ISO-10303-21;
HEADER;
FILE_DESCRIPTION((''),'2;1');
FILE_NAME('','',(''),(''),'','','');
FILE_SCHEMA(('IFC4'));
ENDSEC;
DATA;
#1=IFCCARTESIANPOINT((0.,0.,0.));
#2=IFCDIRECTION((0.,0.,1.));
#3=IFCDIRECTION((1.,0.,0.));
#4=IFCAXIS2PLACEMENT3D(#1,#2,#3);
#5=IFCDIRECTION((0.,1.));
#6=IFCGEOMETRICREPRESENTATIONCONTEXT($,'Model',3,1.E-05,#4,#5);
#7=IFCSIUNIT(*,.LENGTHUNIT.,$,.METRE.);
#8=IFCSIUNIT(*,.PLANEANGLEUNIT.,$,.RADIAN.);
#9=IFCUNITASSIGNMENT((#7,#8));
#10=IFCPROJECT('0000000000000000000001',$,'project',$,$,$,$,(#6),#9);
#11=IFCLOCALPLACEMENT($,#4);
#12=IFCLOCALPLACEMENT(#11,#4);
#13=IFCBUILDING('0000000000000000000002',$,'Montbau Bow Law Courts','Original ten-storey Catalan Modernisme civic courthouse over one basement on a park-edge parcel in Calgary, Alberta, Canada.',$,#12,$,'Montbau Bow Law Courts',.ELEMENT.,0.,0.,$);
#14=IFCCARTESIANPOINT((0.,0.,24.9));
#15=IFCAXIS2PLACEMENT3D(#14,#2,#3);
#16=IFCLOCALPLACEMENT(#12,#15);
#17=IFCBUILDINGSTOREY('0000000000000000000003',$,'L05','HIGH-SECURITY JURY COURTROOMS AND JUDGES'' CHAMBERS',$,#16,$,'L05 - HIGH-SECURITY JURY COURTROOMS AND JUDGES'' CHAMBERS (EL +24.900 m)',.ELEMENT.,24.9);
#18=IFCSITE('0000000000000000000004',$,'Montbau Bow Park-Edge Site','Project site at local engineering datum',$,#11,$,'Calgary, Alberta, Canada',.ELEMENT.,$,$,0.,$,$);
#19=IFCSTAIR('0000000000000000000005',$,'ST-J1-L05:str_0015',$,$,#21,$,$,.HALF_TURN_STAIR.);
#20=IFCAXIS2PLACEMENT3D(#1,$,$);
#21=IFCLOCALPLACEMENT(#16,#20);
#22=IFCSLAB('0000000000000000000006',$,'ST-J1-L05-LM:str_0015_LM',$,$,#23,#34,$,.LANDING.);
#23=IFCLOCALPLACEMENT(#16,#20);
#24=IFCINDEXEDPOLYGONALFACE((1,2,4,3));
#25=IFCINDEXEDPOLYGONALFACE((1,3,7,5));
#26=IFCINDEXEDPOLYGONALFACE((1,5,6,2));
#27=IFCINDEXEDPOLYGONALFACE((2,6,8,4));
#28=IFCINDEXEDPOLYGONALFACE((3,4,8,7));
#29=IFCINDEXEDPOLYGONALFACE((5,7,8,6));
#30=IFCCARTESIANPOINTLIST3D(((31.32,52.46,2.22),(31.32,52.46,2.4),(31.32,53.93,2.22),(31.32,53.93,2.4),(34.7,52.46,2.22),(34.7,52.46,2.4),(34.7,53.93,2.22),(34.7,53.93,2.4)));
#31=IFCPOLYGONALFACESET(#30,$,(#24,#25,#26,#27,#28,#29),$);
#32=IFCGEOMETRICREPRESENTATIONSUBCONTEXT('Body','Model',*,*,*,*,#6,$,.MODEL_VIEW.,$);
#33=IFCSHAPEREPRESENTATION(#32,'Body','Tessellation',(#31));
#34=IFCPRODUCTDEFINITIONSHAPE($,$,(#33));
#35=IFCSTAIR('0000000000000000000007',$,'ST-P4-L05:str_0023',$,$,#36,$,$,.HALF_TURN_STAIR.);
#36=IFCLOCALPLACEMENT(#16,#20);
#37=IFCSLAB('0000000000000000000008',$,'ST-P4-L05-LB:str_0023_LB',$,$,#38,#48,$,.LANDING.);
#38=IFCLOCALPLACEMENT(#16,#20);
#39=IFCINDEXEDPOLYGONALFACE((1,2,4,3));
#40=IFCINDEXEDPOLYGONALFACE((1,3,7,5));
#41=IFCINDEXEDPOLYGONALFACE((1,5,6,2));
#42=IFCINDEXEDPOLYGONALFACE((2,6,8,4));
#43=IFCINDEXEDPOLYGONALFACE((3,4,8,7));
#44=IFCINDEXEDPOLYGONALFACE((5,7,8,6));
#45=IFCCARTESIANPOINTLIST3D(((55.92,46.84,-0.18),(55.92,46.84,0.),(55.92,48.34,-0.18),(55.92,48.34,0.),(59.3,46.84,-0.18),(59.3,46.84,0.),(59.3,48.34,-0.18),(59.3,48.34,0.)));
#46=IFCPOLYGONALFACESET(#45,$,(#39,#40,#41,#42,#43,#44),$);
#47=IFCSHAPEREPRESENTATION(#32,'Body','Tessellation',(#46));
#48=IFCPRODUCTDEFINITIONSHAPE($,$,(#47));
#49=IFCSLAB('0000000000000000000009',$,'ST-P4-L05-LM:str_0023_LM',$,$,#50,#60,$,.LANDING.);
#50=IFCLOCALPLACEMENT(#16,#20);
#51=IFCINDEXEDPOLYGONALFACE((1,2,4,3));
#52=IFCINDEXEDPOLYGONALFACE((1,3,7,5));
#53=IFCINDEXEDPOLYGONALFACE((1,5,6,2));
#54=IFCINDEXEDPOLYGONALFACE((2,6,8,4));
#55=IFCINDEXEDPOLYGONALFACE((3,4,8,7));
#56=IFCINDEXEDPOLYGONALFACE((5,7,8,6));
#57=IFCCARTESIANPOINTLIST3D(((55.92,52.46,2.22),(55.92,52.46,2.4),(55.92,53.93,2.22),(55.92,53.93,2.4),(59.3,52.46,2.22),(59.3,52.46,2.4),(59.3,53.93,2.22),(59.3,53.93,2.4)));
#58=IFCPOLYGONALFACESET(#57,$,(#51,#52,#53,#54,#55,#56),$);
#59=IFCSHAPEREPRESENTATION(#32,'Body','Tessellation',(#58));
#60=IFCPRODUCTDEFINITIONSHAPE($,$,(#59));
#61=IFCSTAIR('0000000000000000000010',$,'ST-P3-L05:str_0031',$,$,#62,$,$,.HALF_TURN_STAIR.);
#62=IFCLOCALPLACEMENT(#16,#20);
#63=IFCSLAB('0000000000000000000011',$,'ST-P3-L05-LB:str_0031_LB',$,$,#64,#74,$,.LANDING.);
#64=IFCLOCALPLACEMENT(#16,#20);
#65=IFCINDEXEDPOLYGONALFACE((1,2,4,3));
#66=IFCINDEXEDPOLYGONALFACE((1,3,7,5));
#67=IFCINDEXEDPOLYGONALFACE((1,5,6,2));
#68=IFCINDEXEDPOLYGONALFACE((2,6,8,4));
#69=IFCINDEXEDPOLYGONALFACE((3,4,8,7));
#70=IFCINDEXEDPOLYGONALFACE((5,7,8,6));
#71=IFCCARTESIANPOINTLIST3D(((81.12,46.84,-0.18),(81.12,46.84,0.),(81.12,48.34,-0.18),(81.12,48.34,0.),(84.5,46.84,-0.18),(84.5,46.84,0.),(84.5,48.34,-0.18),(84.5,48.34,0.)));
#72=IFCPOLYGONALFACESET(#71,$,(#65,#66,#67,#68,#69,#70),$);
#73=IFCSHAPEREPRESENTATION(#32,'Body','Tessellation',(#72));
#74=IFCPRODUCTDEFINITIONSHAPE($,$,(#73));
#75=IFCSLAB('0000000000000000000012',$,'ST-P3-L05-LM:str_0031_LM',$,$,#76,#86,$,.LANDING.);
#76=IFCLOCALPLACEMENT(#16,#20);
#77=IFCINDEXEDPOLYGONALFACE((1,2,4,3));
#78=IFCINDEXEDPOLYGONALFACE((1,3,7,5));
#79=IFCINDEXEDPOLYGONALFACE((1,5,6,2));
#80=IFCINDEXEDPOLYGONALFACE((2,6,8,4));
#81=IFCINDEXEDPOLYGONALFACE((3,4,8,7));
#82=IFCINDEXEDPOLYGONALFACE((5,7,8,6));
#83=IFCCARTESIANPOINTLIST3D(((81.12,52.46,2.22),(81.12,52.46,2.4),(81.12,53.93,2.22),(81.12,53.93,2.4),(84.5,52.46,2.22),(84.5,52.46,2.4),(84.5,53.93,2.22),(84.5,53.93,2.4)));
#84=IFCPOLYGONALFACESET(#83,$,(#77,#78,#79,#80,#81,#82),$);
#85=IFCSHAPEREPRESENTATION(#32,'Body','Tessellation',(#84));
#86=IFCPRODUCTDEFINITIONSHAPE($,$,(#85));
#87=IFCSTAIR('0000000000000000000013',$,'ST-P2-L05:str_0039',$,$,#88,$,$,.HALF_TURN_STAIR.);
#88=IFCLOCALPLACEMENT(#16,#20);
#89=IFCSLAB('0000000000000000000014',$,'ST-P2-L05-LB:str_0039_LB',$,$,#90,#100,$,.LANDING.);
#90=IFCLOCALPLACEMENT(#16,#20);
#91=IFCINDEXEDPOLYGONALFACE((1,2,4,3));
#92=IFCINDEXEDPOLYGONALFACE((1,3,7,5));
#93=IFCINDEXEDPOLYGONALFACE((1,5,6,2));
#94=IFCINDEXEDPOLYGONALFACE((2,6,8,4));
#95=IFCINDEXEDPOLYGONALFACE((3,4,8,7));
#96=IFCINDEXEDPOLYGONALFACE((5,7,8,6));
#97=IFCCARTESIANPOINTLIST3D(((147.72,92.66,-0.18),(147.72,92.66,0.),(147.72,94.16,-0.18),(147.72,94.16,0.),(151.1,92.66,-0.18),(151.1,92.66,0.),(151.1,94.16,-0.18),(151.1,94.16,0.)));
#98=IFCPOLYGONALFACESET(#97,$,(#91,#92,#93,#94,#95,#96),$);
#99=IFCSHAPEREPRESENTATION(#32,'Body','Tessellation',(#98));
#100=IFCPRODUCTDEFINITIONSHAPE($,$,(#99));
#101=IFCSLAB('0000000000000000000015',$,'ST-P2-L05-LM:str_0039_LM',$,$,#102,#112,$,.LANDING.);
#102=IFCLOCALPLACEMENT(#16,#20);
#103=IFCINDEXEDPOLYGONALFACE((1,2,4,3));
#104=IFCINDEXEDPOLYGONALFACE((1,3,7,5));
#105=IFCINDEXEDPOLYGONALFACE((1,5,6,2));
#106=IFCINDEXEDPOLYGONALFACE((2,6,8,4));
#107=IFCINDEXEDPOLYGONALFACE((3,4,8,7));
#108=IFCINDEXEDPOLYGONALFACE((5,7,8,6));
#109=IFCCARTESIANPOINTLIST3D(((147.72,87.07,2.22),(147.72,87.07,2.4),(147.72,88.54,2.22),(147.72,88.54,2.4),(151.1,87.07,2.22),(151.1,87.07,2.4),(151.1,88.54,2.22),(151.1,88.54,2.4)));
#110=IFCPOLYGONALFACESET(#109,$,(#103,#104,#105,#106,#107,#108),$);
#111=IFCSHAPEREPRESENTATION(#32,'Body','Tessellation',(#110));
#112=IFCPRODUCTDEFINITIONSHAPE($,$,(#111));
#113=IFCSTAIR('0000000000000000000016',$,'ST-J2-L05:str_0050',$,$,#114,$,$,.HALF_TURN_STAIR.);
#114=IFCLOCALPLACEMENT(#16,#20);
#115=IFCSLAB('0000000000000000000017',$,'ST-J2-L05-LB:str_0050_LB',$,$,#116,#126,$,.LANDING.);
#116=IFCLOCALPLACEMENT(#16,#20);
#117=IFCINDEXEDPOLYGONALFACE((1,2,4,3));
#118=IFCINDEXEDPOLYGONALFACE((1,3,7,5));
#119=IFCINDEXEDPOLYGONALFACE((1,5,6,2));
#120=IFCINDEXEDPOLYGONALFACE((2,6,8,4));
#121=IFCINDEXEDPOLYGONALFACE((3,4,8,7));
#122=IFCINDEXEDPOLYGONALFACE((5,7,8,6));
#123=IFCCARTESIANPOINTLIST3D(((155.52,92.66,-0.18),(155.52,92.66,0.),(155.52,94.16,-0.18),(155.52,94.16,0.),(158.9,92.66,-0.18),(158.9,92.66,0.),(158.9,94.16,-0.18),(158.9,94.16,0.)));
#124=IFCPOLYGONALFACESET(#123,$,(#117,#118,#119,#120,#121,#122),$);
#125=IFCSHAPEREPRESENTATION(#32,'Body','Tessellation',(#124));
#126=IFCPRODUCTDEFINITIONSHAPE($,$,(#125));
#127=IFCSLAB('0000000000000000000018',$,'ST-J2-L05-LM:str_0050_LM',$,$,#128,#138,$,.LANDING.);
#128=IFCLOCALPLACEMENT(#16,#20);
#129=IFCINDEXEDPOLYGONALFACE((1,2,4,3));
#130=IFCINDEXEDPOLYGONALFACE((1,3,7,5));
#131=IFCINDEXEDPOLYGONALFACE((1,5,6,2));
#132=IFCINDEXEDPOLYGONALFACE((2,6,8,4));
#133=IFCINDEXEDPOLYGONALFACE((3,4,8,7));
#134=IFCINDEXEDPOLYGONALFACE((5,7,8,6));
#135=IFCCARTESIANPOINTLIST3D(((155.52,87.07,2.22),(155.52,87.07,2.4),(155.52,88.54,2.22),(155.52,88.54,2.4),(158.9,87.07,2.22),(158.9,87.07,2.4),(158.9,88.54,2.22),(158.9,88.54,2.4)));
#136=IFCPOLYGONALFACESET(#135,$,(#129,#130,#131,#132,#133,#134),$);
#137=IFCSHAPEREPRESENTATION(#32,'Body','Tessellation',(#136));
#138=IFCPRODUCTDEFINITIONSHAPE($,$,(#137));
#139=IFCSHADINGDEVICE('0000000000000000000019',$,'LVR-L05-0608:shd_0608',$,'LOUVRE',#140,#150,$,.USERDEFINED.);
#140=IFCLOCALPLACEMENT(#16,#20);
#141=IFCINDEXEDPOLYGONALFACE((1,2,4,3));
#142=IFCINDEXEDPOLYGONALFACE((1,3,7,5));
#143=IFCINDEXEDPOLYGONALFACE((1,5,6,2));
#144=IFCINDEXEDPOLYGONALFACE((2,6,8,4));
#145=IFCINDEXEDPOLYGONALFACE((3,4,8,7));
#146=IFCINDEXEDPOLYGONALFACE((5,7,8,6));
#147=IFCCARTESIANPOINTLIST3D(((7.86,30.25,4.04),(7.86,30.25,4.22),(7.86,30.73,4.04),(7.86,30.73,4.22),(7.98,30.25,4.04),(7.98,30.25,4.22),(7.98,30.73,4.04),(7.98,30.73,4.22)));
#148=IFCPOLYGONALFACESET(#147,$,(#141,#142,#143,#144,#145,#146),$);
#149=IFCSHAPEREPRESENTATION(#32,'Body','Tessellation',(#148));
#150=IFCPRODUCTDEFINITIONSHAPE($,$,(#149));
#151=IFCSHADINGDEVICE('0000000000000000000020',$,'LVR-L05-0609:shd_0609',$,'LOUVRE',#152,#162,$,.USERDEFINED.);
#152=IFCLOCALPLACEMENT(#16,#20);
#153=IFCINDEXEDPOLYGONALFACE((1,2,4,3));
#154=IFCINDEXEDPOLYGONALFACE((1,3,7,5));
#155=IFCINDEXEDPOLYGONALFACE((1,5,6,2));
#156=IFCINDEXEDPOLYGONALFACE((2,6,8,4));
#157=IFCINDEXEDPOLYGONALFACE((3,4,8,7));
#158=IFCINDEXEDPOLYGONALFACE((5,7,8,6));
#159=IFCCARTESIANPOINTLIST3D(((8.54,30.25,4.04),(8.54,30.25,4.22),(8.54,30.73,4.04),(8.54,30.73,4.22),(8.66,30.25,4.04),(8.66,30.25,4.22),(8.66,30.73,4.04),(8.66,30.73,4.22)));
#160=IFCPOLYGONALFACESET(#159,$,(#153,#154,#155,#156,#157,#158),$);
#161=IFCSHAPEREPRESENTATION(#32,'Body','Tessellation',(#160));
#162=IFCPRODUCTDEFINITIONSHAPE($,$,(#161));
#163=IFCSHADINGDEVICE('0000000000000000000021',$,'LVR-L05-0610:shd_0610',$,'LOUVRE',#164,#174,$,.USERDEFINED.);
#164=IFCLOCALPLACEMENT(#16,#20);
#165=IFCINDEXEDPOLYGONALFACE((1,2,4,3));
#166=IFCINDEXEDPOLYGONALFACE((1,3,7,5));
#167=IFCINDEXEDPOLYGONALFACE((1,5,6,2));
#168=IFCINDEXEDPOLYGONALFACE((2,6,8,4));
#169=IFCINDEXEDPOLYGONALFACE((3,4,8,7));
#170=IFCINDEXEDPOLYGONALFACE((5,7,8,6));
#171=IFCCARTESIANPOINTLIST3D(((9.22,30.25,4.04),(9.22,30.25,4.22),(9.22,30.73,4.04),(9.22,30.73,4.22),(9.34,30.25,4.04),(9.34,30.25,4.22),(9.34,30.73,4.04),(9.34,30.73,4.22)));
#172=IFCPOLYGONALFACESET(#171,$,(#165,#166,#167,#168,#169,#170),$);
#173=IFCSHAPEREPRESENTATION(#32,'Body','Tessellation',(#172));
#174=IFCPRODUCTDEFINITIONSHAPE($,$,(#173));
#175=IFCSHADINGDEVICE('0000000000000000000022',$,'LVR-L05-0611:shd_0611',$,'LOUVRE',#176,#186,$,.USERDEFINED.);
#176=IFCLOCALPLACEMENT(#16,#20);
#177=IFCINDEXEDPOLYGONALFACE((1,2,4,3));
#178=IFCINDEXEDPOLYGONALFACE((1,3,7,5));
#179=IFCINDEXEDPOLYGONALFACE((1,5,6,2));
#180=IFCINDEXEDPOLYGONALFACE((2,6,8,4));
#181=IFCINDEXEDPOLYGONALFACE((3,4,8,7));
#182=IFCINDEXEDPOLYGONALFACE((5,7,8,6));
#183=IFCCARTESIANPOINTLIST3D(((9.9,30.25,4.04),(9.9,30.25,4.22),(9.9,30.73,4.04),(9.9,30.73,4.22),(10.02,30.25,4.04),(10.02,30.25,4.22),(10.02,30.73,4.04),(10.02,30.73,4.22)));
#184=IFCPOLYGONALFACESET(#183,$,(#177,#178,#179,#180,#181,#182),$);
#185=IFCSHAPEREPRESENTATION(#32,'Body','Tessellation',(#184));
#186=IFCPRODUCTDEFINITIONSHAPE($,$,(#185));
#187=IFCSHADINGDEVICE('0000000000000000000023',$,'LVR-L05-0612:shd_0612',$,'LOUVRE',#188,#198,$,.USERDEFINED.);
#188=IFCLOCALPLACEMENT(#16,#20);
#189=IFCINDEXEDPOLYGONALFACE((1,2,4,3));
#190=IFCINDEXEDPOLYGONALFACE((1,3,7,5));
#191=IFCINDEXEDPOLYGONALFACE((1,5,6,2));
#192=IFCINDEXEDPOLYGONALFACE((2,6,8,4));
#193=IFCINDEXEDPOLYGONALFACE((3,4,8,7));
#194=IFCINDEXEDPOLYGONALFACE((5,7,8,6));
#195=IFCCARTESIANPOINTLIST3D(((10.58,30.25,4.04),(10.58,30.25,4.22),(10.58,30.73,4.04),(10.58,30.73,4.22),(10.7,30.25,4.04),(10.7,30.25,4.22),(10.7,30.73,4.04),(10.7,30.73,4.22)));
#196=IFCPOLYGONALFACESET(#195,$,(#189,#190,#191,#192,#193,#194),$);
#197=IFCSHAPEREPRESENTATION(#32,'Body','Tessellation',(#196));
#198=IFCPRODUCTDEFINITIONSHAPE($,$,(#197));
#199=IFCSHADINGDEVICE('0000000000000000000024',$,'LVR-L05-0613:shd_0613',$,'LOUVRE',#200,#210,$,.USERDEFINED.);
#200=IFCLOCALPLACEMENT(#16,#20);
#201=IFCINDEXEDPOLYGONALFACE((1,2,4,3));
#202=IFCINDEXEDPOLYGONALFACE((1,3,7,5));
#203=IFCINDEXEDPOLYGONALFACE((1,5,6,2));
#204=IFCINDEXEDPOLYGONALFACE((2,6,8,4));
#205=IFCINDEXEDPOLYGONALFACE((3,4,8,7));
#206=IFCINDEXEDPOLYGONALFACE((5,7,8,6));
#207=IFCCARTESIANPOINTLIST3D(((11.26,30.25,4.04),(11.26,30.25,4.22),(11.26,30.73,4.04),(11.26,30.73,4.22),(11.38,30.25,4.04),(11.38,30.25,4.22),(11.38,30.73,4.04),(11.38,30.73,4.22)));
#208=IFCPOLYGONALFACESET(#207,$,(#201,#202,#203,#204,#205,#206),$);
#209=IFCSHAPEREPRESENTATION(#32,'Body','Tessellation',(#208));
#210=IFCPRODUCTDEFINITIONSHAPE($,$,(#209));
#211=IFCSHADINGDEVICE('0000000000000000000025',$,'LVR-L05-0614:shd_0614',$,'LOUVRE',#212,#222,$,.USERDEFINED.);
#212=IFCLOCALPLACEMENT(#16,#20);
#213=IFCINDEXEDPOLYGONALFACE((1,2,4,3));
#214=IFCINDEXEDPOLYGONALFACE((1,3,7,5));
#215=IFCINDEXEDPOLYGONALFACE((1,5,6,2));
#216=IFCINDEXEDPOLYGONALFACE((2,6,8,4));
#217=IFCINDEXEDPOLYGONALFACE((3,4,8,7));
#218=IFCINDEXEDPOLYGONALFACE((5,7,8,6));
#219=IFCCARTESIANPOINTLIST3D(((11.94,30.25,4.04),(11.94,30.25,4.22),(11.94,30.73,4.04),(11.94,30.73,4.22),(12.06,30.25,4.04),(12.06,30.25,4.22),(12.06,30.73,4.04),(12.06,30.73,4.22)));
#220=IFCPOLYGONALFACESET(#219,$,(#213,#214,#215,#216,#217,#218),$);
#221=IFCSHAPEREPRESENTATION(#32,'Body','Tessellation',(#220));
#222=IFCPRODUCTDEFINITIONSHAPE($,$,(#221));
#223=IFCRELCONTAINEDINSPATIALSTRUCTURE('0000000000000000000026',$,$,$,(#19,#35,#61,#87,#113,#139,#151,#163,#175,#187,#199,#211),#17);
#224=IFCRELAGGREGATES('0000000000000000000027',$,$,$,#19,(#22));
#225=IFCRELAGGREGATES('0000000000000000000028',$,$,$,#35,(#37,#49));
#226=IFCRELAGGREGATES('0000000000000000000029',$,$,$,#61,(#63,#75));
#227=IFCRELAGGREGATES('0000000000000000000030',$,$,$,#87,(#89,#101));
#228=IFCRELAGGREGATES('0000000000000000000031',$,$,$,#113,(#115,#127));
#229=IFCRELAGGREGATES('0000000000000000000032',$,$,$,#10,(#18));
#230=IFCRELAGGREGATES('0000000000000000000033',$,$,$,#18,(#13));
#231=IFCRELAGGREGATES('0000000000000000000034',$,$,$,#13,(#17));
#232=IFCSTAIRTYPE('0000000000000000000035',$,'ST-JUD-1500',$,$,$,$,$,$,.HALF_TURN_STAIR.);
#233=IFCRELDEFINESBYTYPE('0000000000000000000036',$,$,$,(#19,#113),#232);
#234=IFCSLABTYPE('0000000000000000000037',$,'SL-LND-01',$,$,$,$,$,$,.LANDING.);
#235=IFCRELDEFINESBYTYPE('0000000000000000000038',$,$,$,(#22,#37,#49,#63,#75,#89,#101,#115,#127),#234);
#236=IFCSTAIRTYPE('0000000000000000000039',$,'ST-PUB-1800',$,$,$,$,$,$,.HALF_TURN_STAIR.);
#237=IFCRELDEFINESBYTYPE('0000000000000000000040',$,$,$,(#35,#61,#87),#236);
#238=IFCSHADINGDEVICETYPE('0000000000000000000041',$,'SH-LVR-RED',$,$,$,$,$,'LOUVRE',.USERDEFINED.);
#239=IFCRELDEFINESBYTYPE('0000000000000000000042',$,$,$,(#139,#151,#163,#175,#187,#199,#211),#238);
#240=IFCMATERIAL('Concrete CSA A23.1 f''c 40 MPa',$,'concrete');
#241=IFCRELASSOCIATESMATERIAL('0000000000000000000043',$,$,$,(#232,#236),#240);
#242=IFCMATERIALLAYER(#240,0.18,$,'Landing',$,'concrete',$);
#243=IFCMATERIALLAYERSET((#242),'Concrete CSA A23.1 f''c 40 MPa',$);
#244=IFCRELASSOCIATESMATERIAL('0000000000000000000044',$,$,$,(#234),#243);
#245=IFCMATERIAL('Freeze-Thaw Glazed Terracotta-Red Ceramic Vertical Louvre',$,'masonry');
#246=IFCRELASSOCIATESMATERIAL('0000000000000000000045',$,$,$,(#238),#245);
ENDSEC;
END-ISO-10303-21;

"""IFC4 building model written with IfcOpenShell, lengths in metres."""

from ifc_helpers import new_model, si_unit, direction, frame, origin_with_axes, origin_2d_with_axis, place, context, subcontext, project, spatial, polyline, rectangle, outline, extrude, material, layer, layer_set, type_object, element, aggregate, save


model = new_model("IFC4")

# Units and contexts
model_context = context("Model", 3, precision=1e-05, world=origin_with_axes(), true_north=direction((0.0, 1.0)))
body_context = subcontext(model_context, "Body", "Model", "MODEL_VIEW")
ifc_project = project(units=[si_unit("LENGTHUNIT", "METRE"), si_unit("PLANEANGLEUNIT", "RADIAN")], contexts=[model_context])

# Site, building, storey
site_placement = place(None, origin_with_axes())
site = spatial("IfcSite", under=ifc_project, at=site_placement, Name="Montbau Bow Park-Edge Site", Description="Project site at local engineering datum", LongName="Calgary, Alberta, Canada", CompositionType="ELEMENT", RefElevation=0.0)
building_placement = place(site_placement, origin_with_axes())
building = spatial("IfcBuilding", under=site, at=building_placement, Name="Montbau Bow Law Courts", Description="Original ten-storey Catalan Modernisme civic courthouse over one basement on a park-edge parcel in Calgary, Alberta, Canada.", LongName="Montbau Bow Law Courts", CompositionType="ELEMENT", ElevationOfRefHeight=0.0, ElevationOfTerrain=0.0)
storey_placement = place(building_placement, frame((0.0, 0.0, 24.9), z_axis=(0.0, 0.0, 1.0), x_axis=(1.0, 0.0, 0.0)))
storey = spatial("IfcBuildingStorey", under=building, at=storey_placement, Name="L05", Description="HIGH-SECURITY JURY COURTROOMS AND JUDGES' CHAMBERS", LongName="L05 - HIGH-SECURITY JURY COURTROOMS AND JUDGES' CHAMBERS (EL +24.900 m)", CompositionType="ELEMENT", Elevation=24.9)

# Stair, slab
ifc_material_1 = material(Name="Concrete CSA A23.1 f'c 40 MPa", Category="concrete")
stair_type_1 = type_object("IfcStairType", Name="ST-JUD-1500", PredefinedType="HALF_TURN_STAIR", material=ifc_material_1)
stair_1_placement = place(None, frame((32.09, 48.3, 24.9), z_axis=(0.0, 0.0, 1.0), x_axis=(1.0, 0.0, 0.0)))
stair_1 = element("IfcStair", 1, at=stair_1_placement, inside=storey, type_object=stair_type_1, Name="ST-J1-L05:str_0015", PredefinedType="HALF_TURN_STAIR")
ifc_layer = layer(ifc_material_1, 0.18, Name="Landing", Category="concrete")
ifc_layer_set = layer_set([ifc_layer], Name="Concrete CSA A23.1 f'c 40 MPa")
slab_type = type_object("IfcSlabType", Name="SL-LND-01", PredefinedType="LANDING", material=ifc_layer_set)
slab_1_placement = place(None, frame((0.0, 0.0, 27.12), z_axis=(0.0, 0.0, 1.0), x_axis=(1.0, 0.0, 0.0)))
slab_1 = element("IfcSlab", 2, at=slab_1_placement, type_object=slab_type, Name="ST-J1-L05-LM:str_0015_LM", PredefinedType="LANDING", context=body_context, shape_type="SweptSolid", body=[
    extrude(outline(polyline([(31.32, 52.46), (34.7, 52.46), (34.7, 53.93), (31.32, 53.93), (31.32, 52.46)])), origin_with_axes(), (0.0, 0.0, 1.0), 0.18),
])
aggregate(stair_1, [slab_1])

# Stairs, slabs
stair_type_2 = type_object("IfcStairType", Name="ST-PUB-1800", PredefinedType="HALF_TURN_STAIR", material=ifc_material_1)
stair_2_placement = place(None, frame((56.73, 48.3, 24.9), z_axis=(0.0, 0.0, 1.0), x_axis=(1.0, 0.0, 0.0)))
stair_2 = element("IfcStair", 3, at=stair_2_placement, inside=storey, type_object=stair_type_2, Name="ST-P4-L05:str_0023", PredefinedType="HALF_TURN_STAIR")
slab_2_placement = place(None, frame((0.0, 0.0, 24.72), z_axis=(0.0, 0.0, 1.0), x_axis=(1.0, 0.0, 0.0)))
slab_2 = element("IfcSlab", 4, at=slab_2_placement, type_object=slab_type, Name="ST-P4-L05-LB:str_0023_LB", PredefinedType="LANDING", context=body_context, shape_type="SweptSolid", body=[
    extrude(outline(polyline([(55.92, 46.84), (59.3, 46.84), (59.3, 48.34), (55.92, 48.34), (55.92, 46.84)])), origin_with_axes(), (0.0, 0.0, 1.0), 0.18),
])
slab_3_placement = place(None, frame((0.0, 0.0, 27.12), z_axis=(0.0, 0.0, 1.0), x_axis=(1.0, 0.0, 0.0)))
slab_3 = element("IfcSlab", 5, at=slab_3_placement, type_object=slab_type, Name="ST-P4-L05-LM:str_0023_LM", PredefinedType="LANDING", context=body_context, shape_type="SweptSolid", body=[
    extrude(outline(polyline([(55.92, 52.46), (59.3, 52.46), (59.3, 53.93), (55.92, 53.93), (55.92, 52.46)])), origin_with_axes(), (0.0, 0.0, 1.0), 0.18),
])
aggregate(stair_2, [slab_2, slab_3])
stair_3_placement = place(None, frame((81.93, 48.3, 24.9), z_axis=(0.0, 0.0, 1.0), x_axis=(1.0, 0.0, 0.0)))
stair_3 = element("IfcStair", 6, at=stair_3_placement, inside=storey, type_object=stair_type_2, Name="ST-P3-L05:str_0031", PredefinedType="HALF_TURN_STAIR")
slab_4_placement = place(None, frame((0.0, 0.0, 24.72), z_axis=(0.0, 0.0, 1.0), x_axis=(1.0, 0.0, 0.0)))
slab_4 = element("IfcSlab", 7, at=slab_4_placement, type_object=slab_type, Name="ST-P3-L05-LB:str_0031_LB", PredefinedType="LANDING", context=body_context, shape_type="SweptSolid", body=[
    extrude(outline(polyline([(81.12, 46.84), (84.5, 46.84), (84.5, 48.34), (81.12, 48.34), (81.12, 46.84)])), origin_with_axes(), (0.0, 0.0, 1.0), 0.18),
])
slab_5_placement = place(None, frame((0.0, 0.0, 27.12), z_axis=(0.0, 0.0, 1.0), x_axis=(1.0, 0.0, 0.0)))
slab_5 = element("IfcSlab", 8, at=slab_5_placement, type_object=slab_type, Name="ST-P3-L05-LM:str_0031_LM", PredefinedType="LANDING", context=body_context, shape_type="SweptSolid", body=[
    extrude(outline(polyline([(81.12, 52.46), (84.5, 52.46), (84.5, 53.93), (81.12, 53.93), (81.12, 52.46)])), origin_with_axes(), (0.0, 0.0, 1.0), 0.18),
])
aggregate(stair_3, [slab_4, slab_5])
stair_4_placement = place(None, frame((148.53, 92.7, 24.9), z_axis=(0.0, 0.0, 1.0), x_axis=(1.0, 0.0, 0.0)))
stair_4 = element("IfcStair", 9, at=stair_4_placement, inside=storey, type_object=stair_type_2, Name="ST-P2-L05:str_0039", PredefinedType="HALF_TURN_STAIR")
slab_6_placement = place(None, frame((0.0, 0.0, 24.72), z_axis=(0.0, 0.0, 1.0), x_axis=(1.0, 0.0, 0.0)))
slab_6 = element("IfcSlab", 10, at=slab_6_placement, type_object=slab_type, Name="ST-P2-L05-LB:str_0039_LB", PredefinedType="LANDING", context=body_context, shape_type="SweptSolid", body=[
    extrude(outline(polyline([(147.72, 92.66), (151.1, 92.66), (151.1, 94.16), (147.72, 94.16), (147.72, 92.66)])), origin_with_axes(), (0.0, 0.0, 1.0), 0.18),
])
slab_7_placement = place(None, frame((0.0, 0.0, 27.12), z_axis=(0.0, 0.0, 1.0), x_axis=(1.0, 0.0, 0.0)))
slab_7 = element("IfcSlab", 11, at=slab_7_placement, type_object=slab_type, Name="ST-P2-L05-LM:str_0039_LM", PredefinedType="LANDING", context=body_context, shape_type="SweptSolid", body=[
    extrude(outline(polyline([(147.72, 87.07), (151.1, 87.07), (151.1, 88.54), (147.72, 88.54), (147.72, 87.07)])), origin_with_axes(), (0.0, 0.0, 1.0), 0.18),
])
aggregate(stair_4, [slab_6, slab_7])
stair_5_placement = place(None, frame((156.29, 92.7, 24.9), z_axis=(0.0, 0.0, 1.0), x_axis=(1.0, 0.0, 0.0)))
stair_5 = element("IfcStair", 12, at=stair_5_placement, inside=storey, type_object=stair_type_1, Name="ST-J2-L05:str_0050", PredefinedType="HALF_TURN_STAIR")
slab_8_placement = place(None, frame((0.0, 0.0, 24.72), z_axis=(0.0, 0.0, 1.0), x_axis=(1.0, 0.0, 0.0)))
slab_8 = element("IfcSlab", 13, at=slab_8_placement, type_object=slab_type, Name="ST-J2-L05-LB:str_0050_LB", PredefinedType="LANDING", context=body_context, shape_type="SweptSolid", body=[
    extrude(outline(polyline([(155.52, 92.66), (158.9, 92.66), (158.9, 94.16), (155.52, 94.16), (155.52, 92.66)])), origin_with_axes(), (0.0, 0.0, 1.0), 0.18),
])
slab_9_placement = place(None, frame((0.0, 0.0, 27.12), z_axis=(0.0, 0.0, 1.0), x_axis=(1.0, 0.0, 0.0)))
slab_9 = element("IfcSlab", 14, at=slab_9_placement, type_object=slab_type, Name="ST-J2-L05-LM:str_0050_LM", PredefinedType="LANDING", context=body_context, shape_type="SweptSolid", body=[
    extrude(outline(polyline([(155.52, 87.07), (158.9, 87.07), (158.9, 88.54), (155.52, 88.54), (155.52, 87.07)])), origin_with_axes(), (0.0, 0.0, 1.0), 0.18),
])
aggregate(stair_5, [slab_8, slab_9])

# Shading devices
ifc_material_2 = material(Name="Freeze-Thaw Glazed Terracotta-Red Ceramic Vertical Louvre", Category="masonry")
shading_device_type = type_object("IfcShadingDeviceType", Name="SH-LVR-RED", ElementType="LOUVRE", PredefinedType="USERDEFINED", material=ifc_material_2)
for number, where, z_axis, x_axis, name in (
    (15, (7.92, 30.49, 28.94), (0.0, 0.0, 1.0), (0.0, -1.0, 0.0), "LVR-L05-0608:shd_0608"),
    (16, (8.6, 30.49, 28.94), (0.0, 0.0, 1.0), (0.0, -1.0, 0.0), "LVR-L05-0609:shd_0609"),
    (17, (9.28, 30.49, 28.94), (0.0, 0.0, 1.0), (0.0, -1.0, 0.0), "LVR-L05-0610:shd_0610"),
    (18, (9.96, 30.49, 28.94), (0.0, 0.0, 1.0), (0.0, -1.0, 0.0), "LVR-L05-0611:shd_0611"),
    (19, (10.64, 30.49, 28.94), (0.0, 0.0, 1.0), (0.0, -1.0, 0.0), "LVR-L05-0612:shd_0612"),
    (20, (11.32, 30.49, 28.94), (0.0, 0.0, 1.0), (0.0, -1.0, 0.0), "LVR-L05-0613:shd_0613"),
    (21, (12.0, 30.49, 28.94), (0.0, 0.0, 1.0), (0.0, -1.0, 0.0), "LVR-L05-0614:shd_0614"),
):
    element("IfcShadingDevice", number, at=place(None, frame(where, z_axis=z_axis, x_axis=x_axis)), inside=storey, type_object=shading_device_type, Name=name, ObjectType="LOUVRE", PredefinedType="USERDEFINED", context=body_context, shape_type="SweptSolid", body=[
        extrude(rectangle(XDim=0.48, YDim=0.12, at=origin_2d_with_axis()), origin_with_axes(), (0.0, 0.0, 1.0), 0.18),
    ])

save(model, "model.ifc")
